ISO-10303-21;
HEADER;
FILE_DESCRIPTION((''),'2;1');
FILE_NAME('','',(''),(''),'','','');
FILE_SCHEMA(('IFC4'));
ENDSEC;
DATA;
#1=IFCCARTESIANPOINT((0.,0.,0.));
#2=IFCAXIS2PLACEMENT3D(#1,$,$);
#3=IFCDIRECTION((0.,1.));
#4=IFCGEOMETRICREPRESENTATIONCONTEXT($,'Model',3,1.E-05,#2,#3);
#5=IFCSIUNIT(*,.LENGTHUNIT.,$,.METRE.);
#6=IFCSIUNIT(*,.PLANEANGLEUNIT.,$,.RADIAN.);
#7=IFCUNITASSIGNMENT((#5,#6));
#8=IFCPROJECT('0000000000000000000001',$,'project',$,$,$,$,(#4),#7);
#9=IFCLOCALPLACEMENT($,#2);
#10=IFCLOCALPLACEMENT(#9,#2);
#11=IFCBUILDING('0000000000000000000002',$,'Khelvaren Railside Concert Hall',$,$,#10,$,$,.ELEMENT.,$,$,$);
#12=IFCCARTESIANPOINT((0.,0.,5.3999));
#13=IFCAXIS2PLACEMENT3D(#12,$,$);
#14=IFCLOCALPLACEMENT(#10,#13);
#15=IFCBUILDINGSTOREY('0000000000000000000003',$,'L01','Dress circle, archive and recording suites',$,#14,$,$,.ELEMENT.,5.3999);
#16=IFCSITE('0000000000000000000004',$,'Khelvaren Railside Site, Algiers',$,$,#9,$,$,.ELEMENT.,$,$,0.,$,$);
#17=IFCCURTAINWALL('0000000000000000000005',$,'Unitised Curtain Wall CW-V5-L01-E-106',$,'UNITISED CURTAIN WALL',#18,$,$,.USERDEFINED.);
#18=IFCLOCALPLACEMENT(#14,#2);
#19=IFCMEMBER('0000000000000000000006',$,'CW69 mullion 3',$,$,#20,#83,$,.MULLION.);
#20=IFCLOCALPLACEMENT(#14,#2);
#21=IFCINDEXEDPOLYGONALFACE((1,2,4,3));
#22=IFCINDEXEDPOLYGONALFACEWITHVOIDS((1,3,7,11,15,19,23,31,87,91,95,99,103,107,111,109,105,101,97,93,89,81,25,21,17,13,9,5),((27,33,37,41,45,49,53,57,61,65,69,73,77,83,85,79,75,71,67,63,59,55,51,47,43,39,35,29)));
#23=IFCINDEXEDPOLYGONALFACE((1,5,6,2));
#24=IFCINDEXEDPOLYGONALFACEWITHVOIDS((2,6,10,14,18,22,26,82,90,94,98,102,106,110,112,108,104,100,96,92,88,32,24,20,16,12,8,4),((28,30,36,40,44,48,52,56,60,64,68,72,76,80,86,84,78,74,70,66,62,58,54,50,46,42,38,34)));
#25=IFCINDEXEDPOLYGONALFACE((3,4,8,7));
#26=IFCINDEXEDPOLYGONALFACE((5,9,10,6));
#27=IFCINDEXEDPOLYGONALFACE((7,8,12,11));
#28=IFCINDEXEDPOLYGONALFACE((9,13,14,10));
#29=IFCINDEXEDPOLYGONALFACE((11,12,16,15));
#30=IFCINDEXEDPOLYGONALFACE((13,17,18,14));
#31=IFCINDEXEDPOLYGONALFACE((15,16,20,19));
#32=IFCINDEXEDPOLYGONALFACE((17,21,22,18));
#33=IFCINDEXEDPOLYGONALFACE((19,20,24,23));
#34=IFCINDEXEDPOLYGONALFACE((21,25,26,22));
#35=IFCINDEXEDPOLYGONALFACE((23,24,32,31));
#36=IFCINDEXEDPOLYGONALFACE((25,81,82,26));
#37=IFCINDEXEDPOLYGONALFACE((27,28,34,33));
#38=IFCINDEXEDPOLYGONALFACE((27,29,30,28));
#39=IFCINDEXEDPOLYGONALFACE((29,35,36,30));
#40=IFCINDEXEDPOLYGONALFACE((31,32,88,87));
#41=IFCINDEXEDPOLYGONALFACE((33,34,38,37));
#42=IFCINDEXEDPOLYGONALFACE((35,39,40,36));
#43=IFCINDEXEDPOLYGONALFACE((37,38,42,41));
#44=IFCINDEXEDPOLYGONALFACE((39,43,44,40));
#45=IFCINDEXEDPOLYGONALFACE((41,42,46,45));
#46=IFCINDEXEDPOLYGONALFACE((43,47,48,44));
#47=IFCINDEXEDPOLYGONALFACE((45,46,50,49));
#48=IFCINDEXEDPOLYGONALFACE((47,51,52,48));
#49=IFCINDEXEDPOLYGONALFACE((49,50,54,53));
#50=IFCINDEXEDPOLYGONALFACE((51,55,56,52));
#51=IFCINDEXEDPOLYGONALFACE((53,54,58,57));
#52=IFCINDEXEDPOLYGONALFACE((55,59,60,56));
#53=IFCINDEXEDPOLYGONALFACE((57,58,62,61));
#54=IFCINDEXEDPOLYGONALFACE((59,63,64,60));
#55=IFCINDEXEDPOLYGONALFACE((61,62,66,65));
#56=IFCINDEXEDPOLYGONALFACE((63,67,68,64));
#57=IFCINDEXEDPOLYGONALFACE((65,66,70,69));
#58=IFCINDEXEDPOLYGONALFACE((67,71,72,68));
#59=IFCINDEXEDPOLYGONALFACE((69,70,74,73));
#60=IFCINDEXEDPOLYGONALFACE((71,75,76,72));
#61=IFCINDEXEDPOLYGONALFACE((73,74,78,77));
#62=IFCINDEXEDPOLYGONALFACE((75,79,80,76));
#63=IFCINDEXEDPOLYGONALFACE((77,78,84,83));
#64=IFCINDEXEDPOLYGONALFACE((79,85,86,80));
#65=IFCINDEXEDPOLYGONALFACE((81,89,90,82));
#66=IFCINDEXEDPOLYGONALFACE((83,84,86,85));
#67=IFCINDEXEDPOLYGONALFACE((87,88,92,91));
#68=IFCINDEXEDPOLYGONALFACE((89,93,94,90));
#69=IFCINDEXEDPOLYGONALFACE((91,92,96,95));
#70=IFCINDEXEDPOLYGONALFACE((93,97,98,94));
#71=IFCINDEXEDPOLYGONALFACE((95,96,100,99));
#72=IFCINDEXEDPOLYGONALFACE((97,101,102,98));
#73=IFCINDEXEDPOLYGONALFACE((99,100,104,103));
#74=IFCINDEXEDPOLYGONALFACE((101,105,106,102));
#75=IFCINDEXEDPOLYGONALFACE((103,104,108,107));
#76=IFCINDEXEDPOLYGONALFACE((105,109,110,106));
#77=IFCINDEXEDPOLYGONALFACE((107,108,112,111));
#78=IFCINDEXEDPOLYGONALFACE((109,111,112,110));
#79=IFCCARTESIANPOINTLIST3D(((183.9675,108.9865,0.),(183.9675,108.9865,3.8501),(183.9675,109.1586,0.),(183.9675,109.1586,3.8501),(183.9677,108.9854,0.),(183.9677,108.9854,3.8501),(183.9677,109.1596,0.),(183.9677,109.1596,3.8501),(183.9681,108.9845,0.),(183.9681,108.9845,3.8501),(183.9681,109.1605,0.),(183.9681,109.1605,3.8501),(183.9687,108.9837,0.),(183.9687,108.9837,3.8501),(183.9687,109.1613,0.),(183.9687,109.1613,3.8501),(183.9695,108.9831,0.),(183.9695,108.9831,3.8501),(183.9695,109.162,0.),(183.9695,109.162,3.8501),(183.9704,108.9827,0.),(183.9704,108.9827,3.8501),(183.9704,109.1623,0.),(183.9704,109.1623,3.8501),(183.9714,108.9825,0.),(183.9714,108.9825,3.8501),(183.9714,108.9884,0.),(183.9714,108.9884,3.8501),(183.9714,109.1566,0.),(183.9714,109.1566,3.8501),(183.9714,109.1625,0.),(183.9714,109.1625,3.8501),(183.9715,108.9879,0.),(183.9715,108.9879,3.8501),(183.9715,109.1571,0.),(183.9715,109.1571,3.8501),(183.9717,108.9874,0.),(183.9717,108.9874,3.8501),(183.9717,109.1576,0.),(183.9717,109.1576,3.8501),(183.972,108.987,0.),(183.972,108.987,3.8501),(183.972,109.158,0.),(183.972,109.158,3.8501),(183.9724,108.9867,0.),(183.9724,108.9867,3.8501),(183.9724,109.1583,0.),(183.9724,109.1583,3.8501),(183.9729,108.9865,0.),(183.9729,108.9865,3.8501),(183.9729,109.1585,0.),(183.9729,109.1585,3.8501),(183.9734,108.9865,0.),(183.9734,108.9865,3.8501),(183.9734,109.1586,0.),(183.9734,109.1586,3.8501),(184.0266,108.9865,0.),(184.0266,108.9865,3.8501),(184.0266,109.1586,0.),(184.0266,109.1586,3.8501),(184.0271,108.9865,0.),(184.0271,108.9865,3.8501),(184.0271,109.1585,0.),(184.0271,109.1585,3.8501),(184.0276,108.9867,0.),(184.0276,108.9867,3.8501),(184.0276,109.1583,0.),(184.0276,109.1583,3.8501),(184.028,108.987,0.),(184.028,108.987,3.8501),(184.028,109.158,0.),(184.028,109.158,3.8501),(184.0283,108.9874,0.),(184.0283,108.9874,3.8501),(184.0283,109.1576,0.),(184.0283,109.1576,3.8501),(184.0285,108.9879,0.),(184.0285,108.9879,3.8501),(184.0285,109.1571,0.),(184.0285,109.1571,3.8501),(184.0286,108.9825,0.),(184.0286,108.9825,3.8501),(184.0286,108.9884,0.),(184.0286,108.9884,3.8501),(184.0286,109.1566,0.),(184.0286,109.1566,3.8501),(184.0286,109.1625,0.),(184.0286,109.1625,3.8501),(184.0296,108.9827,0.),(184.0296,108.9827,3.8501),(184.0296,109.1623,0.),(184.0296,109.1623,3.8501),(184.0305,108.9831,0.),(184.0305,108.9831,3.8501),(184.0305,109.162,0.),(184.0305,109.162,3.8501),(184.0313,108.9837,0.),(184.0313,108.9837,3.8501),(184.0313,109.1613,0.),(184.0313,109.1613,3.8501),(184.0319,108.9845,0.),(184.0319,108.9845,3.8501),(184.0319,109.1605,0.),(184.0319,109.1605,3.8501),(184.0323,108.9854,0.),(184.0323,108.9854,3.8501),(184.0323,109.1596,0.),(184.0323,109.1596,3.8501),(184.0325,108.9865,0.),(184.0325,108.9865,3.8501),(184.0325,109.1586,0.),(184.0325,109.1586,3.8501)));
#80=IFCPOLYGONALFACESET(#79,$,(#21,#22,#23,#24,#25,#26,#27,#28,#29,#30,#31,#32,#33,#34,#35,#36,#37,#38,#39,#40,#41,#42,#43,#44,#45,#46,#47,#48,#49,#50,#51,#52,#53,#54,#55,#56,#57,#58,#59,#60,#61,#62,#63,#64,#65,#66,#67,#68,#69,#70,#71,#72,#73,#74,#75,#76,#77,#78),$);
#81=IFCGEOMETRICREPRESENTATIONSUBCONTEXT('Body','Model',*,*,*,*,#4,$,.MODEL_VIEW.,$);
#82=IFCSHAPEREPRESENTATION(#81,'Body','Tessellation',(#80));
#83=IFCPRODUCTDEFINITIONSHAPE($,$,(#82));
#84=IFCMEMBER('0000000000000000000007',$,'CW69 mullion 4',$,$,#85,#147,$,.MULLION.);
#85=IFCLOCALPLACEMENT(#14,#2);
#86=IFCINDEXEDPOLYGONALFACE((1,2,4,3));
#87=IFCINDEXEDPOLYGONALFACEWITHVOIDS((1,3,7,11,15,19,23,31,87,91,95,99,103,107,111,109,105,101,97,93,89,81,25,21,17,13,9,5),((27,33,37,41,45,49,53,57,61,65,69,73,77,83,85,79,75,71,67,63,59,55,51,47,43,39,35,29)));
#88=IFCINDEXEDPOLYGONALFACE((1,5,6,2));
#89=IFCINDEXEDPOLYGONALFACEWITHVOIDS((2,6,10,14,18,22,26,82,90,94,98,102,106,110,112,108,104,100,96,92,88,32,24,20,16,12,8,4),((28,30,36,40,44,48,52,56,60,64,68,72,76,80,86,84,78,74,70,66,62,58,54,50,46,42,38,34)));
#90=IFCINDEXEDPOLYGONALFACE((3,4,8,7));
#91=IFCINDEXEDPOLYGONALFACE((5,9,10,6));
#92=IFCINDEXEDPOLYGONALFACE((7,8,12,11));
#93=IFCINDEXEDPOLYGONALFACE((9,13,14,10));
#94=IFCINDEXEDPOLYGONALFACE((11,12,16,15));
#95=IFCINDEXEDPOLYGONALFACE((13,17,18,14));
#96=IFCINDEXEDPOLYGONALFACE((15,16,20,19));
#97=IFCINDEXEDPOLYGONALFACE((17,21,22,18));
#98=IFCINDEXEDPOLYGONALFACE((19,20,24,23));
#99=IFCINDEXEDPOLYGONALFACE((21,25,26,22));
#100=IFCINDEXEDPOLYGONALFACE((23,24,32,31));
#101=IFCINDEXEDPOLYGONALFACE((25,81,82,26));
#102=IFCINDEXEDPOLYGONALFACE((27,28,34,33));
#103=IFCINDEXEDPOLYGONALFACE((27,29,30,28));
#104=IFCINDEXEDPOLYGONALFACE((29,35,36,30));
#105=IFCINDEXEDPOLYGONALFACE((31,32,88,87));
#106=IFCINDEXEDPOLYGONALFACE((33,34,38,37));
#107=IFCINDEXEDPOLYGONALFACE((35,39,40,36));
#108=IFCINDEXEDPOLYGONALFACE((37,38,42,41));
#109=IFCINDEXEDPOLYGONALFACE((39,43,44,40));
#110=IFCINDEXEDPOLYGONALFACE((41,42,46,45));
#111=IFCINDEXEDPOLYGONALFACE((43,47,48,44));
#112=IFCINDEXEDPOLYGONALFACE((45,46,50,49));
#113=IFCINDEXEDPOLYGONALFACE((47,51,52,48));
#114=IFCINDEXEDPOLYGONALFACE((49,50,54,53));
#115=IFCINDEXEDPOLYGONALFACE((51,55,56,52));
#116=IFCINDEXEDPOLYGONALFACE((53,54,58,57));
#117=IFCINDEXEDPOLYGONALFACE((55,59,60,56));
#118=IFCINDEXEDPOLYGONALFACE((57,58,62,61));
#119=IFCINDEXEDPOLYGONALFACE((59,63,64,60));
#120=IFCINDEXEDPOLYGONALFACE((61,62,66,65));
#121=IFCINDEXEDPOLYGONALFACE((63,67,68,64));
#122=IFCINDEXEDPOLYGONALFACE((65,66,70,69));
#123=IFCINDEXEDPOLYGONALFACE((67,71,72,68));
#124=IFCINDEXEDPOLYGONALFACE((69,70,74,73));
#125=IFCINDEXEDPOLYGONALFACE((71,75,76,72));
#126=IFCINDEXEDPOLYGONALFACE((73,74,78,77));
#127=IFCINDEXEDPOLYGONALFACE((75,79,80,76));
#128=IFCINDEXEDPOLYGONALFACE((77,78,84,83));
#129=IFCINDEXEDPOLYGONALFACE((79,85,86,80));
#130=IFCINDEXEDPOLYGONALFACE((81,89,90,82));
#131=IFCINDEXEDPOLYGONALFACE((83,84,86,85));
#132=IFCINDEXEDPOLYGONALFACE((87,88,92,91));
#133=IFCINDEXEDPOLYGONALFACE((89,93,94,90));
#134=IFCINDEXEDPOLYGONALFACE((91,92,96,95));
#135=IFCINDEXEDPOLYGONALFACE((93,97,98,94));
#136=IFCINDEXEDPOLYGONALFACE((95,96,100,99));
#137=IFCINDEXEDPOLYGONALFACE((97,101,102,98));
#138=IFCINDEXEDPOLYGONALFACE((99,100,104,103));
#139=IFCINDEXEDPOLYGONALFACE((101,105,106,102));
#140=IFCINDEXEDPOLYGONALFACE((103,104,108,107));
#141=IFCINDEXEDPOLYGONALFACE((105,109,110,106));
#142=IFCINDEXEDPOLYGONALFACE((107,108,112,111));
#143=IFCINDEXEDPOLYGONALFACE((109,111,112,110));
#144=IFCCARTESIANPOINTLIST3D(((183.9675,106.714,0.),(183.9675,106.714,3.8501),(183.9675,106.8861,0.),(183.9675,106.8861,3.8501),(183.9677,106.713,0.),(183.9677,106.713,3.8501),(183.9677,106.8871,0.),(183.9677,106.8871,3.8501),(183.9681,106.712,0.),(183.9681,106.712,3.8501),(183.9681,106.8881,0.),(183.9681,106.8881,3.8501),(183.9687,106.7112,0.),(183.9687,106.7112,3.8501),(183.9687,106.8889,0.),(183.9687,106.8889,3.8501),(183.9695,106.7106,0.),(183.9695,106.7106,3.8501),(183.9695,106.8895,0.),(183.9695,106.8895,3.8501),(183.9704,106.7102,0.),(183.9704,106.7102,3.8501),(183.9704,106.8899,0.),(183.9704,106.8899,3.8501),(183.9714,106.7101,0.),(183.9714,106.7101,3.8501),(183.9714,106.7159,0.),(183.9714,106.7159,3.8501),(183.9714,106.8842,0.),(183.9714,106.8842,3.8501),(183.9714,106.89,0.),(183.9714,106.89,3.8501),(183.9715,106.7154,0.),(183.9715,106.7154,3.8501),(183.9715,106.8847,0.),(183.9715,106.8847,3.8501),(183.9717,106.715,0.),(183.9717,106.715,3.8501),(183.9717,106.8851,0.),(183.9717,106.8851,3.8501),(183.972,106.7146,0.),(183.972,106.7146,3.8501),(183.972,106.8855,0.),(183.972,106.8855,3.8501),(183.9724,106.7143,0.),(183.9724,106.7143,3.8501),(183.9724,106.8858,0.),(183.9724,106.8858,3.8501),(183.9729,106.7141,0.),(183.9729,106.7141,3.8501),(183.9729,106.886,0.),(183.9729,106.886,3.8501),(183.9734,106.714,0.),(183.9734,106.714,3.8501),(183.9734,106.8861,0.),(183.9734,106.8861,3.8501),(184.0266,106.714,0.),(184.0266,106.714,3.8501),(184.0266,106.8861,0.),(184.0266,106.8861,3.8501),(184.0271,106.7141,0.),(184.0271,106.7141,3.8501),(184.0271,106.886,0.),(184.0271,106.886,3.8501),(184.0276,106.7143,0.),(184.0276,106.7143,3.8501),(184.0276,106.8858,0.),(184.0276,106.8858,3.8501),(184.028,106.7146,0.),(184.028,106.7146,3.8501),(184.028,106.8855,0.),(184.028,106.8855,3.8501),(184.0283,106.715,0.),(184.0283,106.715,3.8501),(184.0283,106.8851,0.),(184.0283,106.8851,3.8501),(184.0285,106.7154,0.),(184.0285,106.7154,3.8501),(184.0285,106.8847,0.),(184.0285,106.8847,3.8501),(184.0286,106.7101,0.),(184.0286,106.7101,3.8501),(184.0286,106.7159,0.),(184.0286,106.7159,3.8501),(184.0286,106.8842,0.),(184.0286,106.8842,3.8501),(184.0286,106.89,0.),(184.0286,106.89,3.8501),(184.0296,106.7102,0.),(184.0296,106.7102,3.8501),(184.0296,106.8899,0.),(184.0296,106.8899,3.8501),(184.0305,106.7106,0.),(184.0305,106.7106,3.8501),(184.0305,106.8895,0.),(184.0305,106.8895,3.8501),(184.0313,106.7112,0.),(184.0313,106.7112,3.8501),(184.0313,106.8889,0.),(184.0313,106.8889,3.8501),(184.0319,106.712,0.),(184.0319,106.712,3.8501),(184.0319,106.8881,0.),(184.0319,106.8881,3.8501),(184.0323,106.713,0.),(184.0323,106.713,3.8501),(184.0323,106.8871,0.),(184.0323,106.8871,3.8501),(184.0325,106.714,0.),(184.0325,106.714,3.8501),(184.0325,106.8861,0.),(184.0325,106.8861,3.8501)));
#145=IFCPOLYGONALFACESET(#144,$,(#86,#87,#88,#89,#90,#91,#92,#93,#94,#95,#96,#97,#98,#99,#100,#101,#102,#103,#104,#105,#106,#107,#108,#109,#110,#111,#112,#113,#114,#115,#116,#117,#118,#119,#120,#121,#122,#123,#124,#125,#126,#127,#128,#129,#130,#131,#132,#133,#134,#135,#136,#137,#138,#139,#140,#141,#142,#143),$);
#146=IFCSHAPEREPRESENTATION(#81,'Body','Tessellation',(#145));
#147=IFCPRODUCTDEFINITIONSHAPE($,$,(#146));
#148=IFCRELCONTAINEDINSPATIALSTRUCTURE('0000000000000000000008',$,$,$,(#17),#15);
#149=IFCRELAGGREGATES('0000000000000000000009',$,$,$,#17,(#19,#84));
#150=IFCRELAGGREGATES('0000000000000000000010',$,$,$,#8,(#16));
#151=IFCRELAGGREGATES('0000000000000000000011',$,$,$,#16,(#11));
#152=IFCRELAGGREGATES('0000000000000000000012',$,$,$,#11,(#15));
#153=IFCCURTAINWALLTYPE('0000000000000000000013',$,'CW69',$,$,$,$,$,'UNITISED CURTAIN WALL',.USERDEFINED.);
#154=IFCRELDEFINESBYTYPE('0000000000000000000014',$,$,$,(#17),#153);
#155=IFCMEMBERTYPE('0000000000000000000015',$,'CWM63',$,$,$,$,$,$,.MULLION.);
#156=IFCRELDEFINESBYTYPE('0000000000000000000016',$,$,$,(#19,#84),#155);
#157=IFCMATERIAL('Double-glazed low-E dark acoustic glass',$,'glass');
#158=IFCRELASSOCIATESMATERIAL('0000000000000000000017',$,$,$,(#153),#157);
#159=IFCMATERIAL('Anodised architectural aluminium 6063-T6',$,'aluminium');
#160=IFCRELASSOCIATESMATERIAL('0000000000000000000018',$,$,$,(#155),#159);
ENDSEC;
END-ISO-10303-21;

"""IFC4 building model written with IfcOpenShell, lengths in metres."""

from ifc_helpers import new_model, si_unit, direction, frame, origin, origin_2d, place, context, subcontext, project, spatial, hollow_rectangle, extrude, material, material_profile, profile_set, type_object, element, aggregate, save


model = new_model("IFC4")

# Units and contexts
model_context = context("Model", 3, precision=1e-05, world=origin(), true_north=direction((0.0, 1.0)))
body_context = subcontext(model_context, "Body", "Model", "MODEL_VIEW")
ifc_project = project(units=[si_unit("LENGTHUNIT", "METRE"), si_unit("PLANEANGLEUNIT", "RADIAN")], contexts=[model_context])

# Site, building, storey
site_placement = place(None, origin())
site = spatial("IfcSite", under=ifc_project, at=site_placement, Name="Khelvaren Railside Site, Algiers", CompositionType="ELEMENT", RefElevation=0.0)
building_placement = place(site_placement, origin())
building = spatial("IfcBuilding", under=site, at=building_placement, Name="Khelvaren Railside Concert Hall", CompositionType="ELEMENT")
storey_placement = place(building_placement, frame((0.0, 0.0, 5.3999)))
storey = spatial("IfcBuildingStorey", under=building, at=storey_placement, Name="L01", Description="Dress circle, archive and recording suites", CompositionType="ELEMENT", Elevation=5.3999)

# Curtain wall, members
ifc_material_1 = material(Name="Double-glazed low-E dark acoustic glass", Category="glass")
curtain_wall_type = type_object("IfcCurtainWallType", Name="CW69", ElementType="UNITISED CURTAIN WALL", PredefinedType="USERDEFINED", material=ifc_material_1)
curtain_wall_placement = place(storey_placement, origin())
curtain_wall = element("IfcCurtainWall", 1, at=curtain_wall_placement, inside=storey, type_object=curtain_wall_type, Name="Unitised Curtain Wall CW-V5-L01-E-106", ObjectType="UNITISED CURTAIN WALL", PredefinedType="USERDEFINED")
ifc_material_2 = material(Name="Anodised architectural aluminium 6063-T6", Category="aluminium")
ifc_material_profile_1 = material_profile(ifc_material_2, hollow_rectangle(XDim=0.0649, YDim=0.1799, WallThickness=0.0039, InnerFilletRadius=0.002, OuterFilletRadius=0.0039, at=origin_2d()), Name="CWM 65x180x4")
ifc_profile_set_1 = profile_set([ifc_material_profile_1], Name="Anodised architectural aluminium 6063-T6")
member_type_1 = type_object("IfcMemberType", Name="CWM63", PredefinedType="MULLION", material=ifc_profile_set_1)
member_1_placement = place(storey_placement, frame((184.0, 109.0725, 0.0), z_axis=(0.0, 0.0, 1.0), x_axis=(1.0, 0.0, 0.0)))
member_1 = element("IfcMember", 2, at=member_1_placement, type_object=member_type_1, Name="CW69 mullion 3", PredefinedType="MULLION", context=body_context, shape_type="SweptSolid", body=[
    extrude(hollow_rectangle(XDim=0.0649, YDim=0.1799, WallThickness=0.0039, InnerFilletRadius=0.002, OuterFilletRadius=0.0039, at=origin_2d()), origin(), (0.0, 0.0, 1.0), 3.8501),
])
member_2_placement = place(storey_placement, frame((184.0, 106.8, 0.0), z_axis=(0.0, 0.0, 1.0), x_axis=(1.0, 0.0, 0.0)))
member_2 = element("IfcMember", 3, at=member_2_placement, type_object=member_type_1, Name="CW69 mullion 4", PredefinedType="MULLION", context=body_context, shape_type="SweptSolid", body=[
    extrude(hollow_rectangle(XDim=0.0649, YDim=0.1799, WallThickness=0.0039, InnerFilletRadius=0.002, OuterFilletRadius=0.0039, at=origin_2d()), origin(), (0.0, 0.0, 1.0), 3.8501),
])

aggregate(curtain_wall, [member_1, member_2])

save(model, "model.ifc")
